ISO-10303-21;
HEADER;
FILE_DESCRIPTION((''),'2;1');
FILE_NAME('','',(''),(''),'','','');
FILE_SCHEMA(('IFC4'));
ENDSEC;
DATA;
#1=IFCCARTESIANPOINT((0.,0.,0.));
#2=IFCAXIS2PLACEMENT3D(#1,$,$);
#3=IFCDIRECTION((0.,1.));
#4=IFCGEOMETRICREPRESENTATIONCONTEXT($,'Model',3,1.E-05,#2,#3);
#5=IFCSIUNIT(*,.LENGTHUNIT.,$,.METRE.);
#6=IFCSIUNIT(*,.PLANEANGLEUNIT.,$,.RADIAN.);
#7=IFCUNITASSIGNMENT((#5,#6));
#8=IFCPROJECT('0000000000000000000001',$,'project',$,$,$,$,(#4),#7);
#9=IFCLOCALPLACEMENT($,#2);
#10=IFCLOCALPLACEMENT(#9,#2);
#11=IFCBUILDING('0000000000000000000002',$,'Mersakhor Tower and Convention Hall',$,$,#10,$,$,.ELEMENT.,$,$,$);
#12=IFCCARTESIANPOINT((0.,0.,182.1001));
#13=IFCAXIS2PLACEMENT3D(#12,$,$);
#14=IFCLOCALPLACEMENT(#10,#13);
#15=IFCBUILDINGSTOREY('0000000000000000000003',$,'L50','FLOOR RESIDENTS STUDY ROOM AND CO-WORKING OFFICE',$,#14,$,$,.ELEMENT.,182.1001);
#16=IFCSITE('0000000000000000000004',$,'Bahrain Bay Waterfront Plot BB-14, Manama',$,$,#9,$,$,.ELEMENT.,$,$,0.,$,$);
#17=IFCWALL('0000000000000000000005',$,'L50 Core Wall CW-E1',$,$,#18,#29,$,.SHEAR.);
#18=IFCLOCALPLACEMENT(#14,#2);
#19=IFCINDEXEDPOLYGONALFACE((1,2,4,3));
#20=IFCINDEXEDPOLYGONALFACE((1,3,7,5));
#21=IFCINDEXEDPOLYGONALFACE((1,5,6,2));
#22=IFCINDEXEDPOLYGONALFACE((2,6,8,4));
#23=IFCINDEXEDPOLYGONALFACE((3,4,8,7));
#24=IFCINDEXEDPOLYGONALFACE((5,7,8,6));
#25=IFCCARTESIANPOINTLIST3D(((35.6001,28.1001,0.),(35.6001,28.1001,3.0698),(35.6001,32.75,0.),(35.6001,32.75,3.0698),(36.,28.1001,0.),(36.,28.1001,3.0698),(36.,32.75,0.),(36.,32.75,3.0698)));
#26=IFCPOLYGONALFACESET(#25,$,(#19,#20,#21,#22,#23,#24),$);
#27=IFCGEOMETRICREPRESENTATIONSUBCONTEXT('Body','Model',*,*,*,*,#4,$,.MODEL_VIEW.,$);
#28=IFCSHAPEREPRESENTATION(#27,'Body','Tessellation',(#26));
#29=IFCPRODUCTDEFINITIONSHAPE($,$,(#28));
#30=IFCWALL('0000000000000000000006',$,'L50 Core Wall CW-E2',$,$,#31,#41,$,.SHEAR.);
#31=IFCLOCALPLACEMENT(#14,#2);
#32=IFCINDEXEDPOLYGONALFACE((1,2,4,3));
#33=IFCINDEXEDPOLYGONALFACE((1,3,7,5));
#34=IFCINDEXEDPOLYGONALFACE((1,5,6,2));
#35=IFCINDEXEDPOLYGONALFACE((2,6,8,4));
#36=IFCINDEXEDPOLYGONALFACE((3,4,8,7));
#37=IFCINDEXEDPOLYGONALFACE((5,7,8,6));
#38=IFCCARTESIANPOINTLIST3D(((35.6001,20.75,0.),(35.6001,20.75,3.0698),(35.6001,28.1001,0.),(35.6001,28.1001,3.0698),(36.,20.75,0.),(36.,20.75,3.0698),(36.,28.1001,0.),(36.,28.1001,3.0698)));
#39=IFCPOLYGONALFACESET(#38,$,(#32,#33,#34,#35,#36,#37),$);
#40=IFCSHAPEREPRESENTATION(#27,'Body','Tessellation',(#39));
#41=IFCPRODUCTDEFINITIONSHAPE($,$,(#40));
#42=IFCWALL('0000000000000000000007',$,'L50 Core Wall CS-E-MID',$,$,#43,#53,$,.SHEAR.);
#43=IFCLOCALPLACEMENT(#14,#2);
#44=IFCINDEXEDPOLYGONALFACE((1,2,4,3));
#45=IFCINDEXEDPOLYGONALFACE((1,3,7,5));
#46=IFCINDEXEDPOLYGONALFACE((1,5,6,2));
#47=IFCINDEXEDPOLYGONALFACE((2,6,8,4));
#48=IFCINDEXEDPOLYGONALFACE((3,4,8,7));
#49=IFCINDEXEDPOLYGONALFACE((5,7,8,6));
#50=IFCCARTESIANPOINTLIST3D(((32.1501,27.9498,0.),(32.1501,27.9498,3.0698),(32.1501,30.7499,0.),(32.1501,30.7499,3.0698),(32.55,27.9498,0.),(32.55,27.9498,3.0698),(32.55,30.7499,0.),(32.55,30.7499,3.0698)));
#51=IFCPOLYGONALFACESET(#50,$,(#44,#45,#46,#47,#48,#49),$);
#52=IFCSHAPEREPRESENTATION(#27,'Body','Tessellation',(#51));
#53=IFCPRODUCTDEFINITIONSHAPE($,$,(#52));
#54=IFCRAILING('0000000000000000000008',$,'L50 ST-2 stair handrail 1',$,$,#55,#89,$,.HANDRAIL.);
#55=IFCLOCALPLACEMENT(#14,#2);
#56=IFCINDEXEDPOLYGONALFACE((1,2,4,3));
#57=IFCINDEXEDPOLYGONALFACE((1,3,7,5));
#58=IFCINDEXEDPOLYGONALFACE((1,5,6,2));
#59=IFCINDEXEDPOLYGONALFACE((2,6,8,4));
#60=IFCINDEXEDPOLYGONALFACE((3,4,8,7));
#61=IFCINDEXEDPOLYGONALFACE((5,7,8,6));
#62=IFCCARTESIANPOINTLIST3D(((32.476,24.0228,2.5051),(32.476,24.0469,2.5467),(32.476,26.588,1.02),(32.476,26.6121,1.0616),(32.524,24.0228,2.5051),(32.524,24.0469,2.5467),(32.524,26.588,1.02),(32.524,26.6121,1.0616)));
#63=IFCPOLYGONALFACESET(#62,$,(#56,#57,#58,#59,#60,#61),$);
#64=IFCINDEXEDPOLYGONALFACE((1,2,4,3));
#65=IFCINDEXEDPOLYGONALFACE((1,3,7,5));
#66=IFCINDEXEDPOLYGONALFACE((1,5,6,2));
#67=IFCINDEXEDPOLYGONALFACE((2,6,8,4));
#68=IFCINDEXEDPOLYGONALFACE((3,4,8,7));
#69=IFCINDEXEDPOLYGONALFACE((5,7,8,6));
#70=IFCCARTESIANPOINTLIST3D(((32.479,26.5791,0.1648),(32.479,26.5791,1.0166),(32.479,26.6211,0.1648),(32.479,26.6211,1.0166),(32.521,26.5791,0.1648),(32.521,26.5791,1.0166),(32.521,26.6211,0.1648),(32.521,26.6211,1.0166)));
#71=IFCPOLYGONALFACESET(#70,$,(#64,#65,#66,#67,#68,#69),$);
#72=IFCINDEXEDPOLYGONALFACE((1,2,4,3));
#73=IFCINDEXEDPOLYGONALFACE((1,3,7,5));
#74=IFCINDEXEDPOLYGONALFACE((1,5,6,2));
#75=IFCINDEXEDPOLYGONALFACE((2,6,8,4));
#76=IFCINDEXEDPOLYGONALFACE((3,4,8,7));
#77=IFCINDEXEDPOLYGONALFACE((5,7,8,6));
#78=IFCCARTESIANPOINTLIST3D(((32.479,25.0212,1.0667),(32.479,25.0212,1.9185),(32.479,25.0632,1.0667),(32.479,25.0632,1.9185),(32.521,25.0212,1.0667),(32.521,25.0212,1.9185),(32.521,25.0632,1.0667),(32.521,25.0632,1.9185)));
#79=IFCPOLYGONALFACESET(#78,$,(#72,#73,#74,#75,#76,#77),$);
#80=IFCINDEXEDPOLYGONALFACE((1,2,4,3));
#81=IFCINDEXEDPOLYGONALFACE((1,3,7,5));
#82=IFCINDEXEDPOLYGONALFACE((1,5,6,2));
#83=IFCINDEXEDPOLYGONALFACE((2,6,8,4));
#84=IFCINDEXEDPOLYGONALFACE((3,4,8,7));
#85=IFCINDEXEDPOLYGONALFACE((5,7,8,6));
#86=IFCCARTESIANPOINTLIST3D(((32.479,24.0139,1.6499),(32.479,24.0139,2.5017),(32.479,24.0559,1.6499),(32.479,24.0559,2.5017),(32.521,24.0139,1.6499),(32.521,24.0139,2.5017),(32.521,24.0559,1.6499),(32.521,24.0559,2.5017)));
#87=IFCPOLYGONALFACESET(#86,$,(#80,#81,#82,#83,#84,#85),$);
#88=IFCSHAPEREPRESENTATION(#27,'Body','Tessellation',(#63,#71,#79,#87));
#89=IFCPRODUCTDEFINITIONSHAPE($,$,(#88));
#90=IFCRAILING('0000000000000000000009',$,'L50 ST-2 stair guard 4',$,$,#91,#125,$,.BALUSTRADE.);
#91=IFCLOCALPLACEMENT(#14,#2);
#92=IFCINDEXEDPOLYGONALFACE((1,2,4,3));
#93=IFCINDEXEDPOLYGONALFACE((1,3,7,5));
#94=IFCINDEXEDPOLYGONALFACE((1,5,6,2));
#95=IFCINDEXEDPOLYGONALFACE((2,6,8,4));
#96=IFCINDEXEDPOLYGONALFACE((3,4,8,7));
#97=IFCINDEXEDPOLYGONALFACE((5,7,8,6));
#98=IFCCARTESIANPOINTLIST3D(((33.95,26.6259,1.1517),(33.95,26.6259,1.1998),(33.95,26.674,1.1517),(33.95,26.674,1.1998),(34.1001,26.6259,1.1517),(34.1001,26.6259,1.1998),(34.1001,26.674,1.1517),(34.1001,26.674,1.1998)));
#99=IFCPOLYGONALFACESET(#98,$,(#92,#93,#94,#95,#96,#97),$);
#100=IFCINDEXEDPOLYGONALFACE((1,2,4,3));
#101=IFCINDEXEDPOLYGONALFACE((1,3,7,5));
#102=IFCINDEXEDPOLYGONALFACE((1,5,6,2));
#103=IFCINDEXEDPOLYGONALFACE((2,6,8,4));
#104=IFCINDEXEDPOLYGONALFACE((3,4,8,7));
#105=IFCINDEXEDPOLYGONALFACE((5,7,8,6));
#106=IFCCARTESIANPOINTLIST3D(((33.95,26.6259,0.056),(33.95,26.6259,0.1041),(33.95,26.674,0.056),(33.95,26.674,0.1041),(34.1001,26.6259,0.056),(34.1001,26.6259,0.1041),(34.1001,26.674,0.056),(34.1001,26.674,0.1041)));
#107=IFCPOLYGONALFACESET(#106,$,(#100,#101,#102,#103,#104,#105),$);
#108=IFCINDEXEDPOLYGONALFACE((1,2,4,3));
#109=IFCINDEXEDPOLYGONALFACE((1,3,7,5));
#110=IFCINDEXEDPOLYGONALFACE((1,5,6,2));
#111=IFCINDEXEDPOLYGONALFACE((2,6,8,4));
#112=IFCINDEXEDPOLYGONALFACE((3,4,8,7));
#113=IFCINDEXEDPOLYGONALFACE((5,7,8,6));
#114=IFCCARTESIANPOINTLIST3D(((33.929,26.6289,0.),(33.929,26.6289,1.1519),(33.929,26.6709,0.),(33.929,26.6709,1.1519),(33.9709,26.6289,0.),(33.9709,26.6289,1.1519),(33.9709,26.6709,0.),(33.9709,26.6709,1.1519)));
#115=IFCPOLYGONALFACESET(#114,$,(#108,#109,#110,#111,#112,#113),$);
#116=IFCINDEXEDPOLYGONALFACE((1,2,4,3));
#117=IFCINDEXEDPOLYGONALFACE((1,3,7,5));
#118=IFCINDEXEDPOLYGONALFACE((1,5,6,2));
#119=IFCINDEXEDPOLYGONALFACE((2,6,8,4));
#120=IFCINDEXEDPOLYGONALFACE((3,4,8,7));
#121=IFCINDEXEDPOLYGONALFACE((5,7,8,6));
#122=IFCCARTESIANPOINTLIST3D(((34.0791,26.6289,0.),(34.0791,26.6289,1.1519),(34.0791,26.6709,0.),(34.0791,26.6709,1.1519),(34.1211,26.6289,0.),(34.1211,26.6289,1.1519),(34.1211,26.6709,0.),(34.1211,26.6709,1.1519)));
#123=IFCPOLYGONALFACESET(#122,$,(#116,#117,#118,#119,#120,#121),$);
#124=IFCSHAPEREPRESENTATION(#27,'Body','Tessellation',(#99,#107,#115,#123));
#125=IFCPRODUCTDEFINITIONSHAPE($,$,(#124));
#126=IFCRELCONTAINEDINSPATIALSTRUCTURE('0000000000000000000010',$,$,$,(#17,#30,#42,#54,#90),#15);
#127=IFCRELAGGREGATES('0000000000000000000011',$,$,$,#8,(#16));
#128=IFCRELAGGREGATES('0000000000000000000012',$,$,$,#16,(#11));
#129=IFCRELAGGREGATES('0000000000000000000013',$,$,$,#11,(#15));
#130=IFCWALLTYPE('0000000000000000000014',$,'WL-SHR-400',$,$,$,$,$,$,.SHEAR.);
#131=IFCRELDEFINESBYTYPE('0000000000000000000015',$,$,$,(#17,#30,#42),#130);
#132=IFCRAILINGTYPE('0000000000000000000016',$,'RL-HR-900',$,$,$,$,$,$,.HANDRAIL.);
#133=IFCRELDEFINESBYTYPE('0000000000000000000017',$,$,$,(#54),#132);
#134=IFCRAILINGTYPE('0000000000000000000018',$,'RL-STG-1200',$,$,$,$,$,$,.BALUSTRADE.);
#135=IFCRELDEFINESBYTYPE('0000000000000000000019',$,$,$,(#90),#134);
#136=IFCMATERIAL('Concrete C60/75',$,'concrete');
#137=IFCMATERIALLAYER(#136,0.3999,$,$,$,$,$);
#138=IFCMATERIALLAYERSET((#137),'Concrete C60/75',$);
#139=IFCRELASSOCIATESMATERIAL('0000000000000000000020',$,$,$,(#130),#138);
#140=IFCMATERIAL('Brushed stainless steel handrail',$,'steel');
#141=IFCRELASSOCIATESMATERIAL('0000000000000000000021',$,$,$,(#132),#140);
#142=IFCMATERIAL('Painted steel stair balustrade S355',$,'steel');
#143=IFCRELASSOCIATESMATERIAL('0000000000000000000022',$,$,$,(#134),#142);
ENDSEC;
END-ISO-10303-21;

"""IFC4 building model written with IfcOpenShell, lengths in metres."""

from ifc_helpers import new_model, si_unit, direction, frame, frame_2d, origin, origin_2d, place, context, subcontext, project, spatial, rectangle, extrude, material, layer, layer_set, type_object, element, save


model = new_model("IFC4")

# Units and contexts
model_context = context("Model", 3, precision=1e-05, world=origin(), true_north=direction((0.0, 1.0)))
body_context = subcontext(model_context, "Body", "Model", "MODEL_VIEW")
ifc_project = project(units=[si_unit("LENGTHUNIT", "METRE"), si_unit("PLANEANGLEUNIT", "RADIAN")], contexts=[model_context])

# Site, building, storey
site_placement = place(None, origin())
site = spatial("IfcSite", under=ifc_project, at=site_placement, Name="Bahrain Bay Waterfront Plot BB-14, Manama", CompositionType="ELEMENT", RefElevation=0.0)
building_placement = place(site_placement, origin())
building = spatial("IfcBuilding", under=site, at=building_placement, Name="Mersakhor Tower and Convention Hall", CompositionType="ELEMENT")
storey_placement = place(building_placement, frame((0.0, 0.0, 182.1001)))
storey = spatial("IfcBuildingStorey", under=building, at=storey_placement, Name="L50", Description="FLOOR RESIDENTS STUDY ROOM AND CO-WORKING OFFICE", CompositionType="ELEMENT", Elevation=182.1001)

# Shared definitions
ifc_material_1 = material(Name="Concrete C60/75", Category="concrete")
ifc_layer_1 = layer(ifc_material_1, 0.3999)
ifc_layer_set_1 = layer_set([ifc_layer_1], Name="Concrete C60/75")
wall_type_1 = type_object("IfcWallType", Name="WL-SHR-400", PredefinedType="SHEAR", material=ifc_layer_set_1)

# Walls
wall_1_placement = place(storey_placement, frame((35.8, 32.75, 0.0), z_axis=(0.0, 0.0, 1.0), x_axis=(0.0, -1.0, 0.0)))
element("IfcWall", 1, at=wall_1_placement, inside=storey, type_object=wall_type_1, Name="L50 Core Wall CW-E1", PredefinedType="SHEAR", context=body_context, shape_type="SweptSolid", body=[
    extrude(rectangle(XDim=4.6499, YDim=0.3999, at=frame_2d((2.325, 0.0))), origin(), (0.0, 0.0, 1.0), 3.0698),
])
wall_2_placement = place(storey_placement, frame((35.8, 28.1001, 0.0), z_axis=(0.0, 0.0, 1.0), x_axis=(0.0, -1.0, 0.0)))
element("IfcWall", 2, at=wall_2_placement, inside=storey, type_object=wall_type_1, Name="L50 Core Wall CW-E2", PredefinedType="SHEAR", context=body_context, shape_type="SweptSolid", body=[
    extrude(rectangle(XDim=7.3501, YDim=0.3999, at=frame_2d((3.675, 0.0))), origin(), (0.0, 0.0, 1.0), 3.0698),
])
wall_3_placement = place(storey_placement, frame((32.3501, 27.95, 0.0), z_axis=(0.0, 0.0, 1.0), x_axis=(0.0, 1.0, 0.0)))
element("IfcWall", 3, at=wall_3_placement, inside=storey, type_object=wall_type_1, Name="L50 Core Wall CS-E-MID", PredefinedType="SHEAR", context=body_context, shape_type="SweptSolid", body=[
    extrude(rectangle(XDim=2.8, YDim=0.3999, at=frame_2d((1.3999, 0.0))), origin(), (0.0, 0.0, 1.0), 3.0698),
])

# Railings
ifc_material_2 = material(Name="Brushed stainless steel handrail", Category="steel")
railing_type_1 = type_object("IfcRailingType", Name="RL-HR-900", PredefinedType="HANDRAIL", material=ifc_material_2)
railing_1_placement = place(storey_placement, frame((32.5, 26.6001, 0.1648)))
element("IfcRailing", 4, at=railing_1_placement, inside=storey, type_object=railing_type_1, Name="L50 ST-2 stair handrail 1", PredefinedType="HANDRAIL", context=body_context, shape_type="SweptSolid", body=[
    extrude(rectangle(XDim=0.0481, YDim=0.0481, at=origin_2d()), frame((0.0, 0.0, 0.876), z_axis=(0.0, -0.865426, 0.501036), x_axis=(1.0, 0.0, 0.0)), (0.0, 0.0, 1.0), 2.9641),
    extrude(rectangle(XDim=0.042, YDim=0.042, at=origin_2d()), origin(), (0.0, 0.0, 1.0), 0.8518),
    extrude(rectangle(XDim=0.042, YDim=0.042, at=origin_2d()), frame((0.0, -1.5579, 0.9019)), (0.0, 0.0, 1.0), 0.8518),
    extrude(rectangle(XDim=0.042, YDim=0.042, at=origin_2d()), frame((0.0, -2.5652, 1.4851)), (0.0, 0.0, 1.0), 0.8518),
])
ifc_material_3 = material(Name="Painted steel stair balustrade S355", Category="steel")
railing_type_2 = type_object("IfcRailingType", Name="RL-STG-1200", PredefinedType="BALUSTRADE", material=ifc_material_3)
railing_2_placement = place(storey_placement, frame((33.95, 26.6499, 0.0)))
element("IfcRailing", 5, at=railing_2_placement, inside=storey, type_object=railing_type_2, Name="L50 ST-2 stair guard 4", PredefinedType="BALUSTRADE", context=body_context, shape_type="SweptSolid", body=[
    extrude(rectangle(XDim=0.0481, YDim=0.0481, at=origin_2d()), frame((0.0, 0.0, 1.1758), z_axis=(1.0, 0.0, 0.0), x_axis=(0.0, 1.0, 0.0)), (0.0, 0.0, 1.0), 0.1501),
    extrude(rectangle(XDim=0.0481, YDim=0.0481, at=origin_2d()), frame((0.0, 0.0, 0.0801), z_axis=(1.0, 0.0, 0.0), x_axis=(0.0, 1.0, 0.0)), (0.0, 0.0, 1.0), 0.1501),
    extrude(rectangle(XDim=0.042, YDim=0.042, at=origin_2d()), origin(), (0.0, 0.0, 1.0), 1.1519),
    extrude(rectangle(XDim=0.042, YDim=0.042, at=origin_2d()), frame((0.1501, 0.0, 0.0)), (0.0, 0.0, 1.0), 1.1519),
])

save(model, "model.ifc")
